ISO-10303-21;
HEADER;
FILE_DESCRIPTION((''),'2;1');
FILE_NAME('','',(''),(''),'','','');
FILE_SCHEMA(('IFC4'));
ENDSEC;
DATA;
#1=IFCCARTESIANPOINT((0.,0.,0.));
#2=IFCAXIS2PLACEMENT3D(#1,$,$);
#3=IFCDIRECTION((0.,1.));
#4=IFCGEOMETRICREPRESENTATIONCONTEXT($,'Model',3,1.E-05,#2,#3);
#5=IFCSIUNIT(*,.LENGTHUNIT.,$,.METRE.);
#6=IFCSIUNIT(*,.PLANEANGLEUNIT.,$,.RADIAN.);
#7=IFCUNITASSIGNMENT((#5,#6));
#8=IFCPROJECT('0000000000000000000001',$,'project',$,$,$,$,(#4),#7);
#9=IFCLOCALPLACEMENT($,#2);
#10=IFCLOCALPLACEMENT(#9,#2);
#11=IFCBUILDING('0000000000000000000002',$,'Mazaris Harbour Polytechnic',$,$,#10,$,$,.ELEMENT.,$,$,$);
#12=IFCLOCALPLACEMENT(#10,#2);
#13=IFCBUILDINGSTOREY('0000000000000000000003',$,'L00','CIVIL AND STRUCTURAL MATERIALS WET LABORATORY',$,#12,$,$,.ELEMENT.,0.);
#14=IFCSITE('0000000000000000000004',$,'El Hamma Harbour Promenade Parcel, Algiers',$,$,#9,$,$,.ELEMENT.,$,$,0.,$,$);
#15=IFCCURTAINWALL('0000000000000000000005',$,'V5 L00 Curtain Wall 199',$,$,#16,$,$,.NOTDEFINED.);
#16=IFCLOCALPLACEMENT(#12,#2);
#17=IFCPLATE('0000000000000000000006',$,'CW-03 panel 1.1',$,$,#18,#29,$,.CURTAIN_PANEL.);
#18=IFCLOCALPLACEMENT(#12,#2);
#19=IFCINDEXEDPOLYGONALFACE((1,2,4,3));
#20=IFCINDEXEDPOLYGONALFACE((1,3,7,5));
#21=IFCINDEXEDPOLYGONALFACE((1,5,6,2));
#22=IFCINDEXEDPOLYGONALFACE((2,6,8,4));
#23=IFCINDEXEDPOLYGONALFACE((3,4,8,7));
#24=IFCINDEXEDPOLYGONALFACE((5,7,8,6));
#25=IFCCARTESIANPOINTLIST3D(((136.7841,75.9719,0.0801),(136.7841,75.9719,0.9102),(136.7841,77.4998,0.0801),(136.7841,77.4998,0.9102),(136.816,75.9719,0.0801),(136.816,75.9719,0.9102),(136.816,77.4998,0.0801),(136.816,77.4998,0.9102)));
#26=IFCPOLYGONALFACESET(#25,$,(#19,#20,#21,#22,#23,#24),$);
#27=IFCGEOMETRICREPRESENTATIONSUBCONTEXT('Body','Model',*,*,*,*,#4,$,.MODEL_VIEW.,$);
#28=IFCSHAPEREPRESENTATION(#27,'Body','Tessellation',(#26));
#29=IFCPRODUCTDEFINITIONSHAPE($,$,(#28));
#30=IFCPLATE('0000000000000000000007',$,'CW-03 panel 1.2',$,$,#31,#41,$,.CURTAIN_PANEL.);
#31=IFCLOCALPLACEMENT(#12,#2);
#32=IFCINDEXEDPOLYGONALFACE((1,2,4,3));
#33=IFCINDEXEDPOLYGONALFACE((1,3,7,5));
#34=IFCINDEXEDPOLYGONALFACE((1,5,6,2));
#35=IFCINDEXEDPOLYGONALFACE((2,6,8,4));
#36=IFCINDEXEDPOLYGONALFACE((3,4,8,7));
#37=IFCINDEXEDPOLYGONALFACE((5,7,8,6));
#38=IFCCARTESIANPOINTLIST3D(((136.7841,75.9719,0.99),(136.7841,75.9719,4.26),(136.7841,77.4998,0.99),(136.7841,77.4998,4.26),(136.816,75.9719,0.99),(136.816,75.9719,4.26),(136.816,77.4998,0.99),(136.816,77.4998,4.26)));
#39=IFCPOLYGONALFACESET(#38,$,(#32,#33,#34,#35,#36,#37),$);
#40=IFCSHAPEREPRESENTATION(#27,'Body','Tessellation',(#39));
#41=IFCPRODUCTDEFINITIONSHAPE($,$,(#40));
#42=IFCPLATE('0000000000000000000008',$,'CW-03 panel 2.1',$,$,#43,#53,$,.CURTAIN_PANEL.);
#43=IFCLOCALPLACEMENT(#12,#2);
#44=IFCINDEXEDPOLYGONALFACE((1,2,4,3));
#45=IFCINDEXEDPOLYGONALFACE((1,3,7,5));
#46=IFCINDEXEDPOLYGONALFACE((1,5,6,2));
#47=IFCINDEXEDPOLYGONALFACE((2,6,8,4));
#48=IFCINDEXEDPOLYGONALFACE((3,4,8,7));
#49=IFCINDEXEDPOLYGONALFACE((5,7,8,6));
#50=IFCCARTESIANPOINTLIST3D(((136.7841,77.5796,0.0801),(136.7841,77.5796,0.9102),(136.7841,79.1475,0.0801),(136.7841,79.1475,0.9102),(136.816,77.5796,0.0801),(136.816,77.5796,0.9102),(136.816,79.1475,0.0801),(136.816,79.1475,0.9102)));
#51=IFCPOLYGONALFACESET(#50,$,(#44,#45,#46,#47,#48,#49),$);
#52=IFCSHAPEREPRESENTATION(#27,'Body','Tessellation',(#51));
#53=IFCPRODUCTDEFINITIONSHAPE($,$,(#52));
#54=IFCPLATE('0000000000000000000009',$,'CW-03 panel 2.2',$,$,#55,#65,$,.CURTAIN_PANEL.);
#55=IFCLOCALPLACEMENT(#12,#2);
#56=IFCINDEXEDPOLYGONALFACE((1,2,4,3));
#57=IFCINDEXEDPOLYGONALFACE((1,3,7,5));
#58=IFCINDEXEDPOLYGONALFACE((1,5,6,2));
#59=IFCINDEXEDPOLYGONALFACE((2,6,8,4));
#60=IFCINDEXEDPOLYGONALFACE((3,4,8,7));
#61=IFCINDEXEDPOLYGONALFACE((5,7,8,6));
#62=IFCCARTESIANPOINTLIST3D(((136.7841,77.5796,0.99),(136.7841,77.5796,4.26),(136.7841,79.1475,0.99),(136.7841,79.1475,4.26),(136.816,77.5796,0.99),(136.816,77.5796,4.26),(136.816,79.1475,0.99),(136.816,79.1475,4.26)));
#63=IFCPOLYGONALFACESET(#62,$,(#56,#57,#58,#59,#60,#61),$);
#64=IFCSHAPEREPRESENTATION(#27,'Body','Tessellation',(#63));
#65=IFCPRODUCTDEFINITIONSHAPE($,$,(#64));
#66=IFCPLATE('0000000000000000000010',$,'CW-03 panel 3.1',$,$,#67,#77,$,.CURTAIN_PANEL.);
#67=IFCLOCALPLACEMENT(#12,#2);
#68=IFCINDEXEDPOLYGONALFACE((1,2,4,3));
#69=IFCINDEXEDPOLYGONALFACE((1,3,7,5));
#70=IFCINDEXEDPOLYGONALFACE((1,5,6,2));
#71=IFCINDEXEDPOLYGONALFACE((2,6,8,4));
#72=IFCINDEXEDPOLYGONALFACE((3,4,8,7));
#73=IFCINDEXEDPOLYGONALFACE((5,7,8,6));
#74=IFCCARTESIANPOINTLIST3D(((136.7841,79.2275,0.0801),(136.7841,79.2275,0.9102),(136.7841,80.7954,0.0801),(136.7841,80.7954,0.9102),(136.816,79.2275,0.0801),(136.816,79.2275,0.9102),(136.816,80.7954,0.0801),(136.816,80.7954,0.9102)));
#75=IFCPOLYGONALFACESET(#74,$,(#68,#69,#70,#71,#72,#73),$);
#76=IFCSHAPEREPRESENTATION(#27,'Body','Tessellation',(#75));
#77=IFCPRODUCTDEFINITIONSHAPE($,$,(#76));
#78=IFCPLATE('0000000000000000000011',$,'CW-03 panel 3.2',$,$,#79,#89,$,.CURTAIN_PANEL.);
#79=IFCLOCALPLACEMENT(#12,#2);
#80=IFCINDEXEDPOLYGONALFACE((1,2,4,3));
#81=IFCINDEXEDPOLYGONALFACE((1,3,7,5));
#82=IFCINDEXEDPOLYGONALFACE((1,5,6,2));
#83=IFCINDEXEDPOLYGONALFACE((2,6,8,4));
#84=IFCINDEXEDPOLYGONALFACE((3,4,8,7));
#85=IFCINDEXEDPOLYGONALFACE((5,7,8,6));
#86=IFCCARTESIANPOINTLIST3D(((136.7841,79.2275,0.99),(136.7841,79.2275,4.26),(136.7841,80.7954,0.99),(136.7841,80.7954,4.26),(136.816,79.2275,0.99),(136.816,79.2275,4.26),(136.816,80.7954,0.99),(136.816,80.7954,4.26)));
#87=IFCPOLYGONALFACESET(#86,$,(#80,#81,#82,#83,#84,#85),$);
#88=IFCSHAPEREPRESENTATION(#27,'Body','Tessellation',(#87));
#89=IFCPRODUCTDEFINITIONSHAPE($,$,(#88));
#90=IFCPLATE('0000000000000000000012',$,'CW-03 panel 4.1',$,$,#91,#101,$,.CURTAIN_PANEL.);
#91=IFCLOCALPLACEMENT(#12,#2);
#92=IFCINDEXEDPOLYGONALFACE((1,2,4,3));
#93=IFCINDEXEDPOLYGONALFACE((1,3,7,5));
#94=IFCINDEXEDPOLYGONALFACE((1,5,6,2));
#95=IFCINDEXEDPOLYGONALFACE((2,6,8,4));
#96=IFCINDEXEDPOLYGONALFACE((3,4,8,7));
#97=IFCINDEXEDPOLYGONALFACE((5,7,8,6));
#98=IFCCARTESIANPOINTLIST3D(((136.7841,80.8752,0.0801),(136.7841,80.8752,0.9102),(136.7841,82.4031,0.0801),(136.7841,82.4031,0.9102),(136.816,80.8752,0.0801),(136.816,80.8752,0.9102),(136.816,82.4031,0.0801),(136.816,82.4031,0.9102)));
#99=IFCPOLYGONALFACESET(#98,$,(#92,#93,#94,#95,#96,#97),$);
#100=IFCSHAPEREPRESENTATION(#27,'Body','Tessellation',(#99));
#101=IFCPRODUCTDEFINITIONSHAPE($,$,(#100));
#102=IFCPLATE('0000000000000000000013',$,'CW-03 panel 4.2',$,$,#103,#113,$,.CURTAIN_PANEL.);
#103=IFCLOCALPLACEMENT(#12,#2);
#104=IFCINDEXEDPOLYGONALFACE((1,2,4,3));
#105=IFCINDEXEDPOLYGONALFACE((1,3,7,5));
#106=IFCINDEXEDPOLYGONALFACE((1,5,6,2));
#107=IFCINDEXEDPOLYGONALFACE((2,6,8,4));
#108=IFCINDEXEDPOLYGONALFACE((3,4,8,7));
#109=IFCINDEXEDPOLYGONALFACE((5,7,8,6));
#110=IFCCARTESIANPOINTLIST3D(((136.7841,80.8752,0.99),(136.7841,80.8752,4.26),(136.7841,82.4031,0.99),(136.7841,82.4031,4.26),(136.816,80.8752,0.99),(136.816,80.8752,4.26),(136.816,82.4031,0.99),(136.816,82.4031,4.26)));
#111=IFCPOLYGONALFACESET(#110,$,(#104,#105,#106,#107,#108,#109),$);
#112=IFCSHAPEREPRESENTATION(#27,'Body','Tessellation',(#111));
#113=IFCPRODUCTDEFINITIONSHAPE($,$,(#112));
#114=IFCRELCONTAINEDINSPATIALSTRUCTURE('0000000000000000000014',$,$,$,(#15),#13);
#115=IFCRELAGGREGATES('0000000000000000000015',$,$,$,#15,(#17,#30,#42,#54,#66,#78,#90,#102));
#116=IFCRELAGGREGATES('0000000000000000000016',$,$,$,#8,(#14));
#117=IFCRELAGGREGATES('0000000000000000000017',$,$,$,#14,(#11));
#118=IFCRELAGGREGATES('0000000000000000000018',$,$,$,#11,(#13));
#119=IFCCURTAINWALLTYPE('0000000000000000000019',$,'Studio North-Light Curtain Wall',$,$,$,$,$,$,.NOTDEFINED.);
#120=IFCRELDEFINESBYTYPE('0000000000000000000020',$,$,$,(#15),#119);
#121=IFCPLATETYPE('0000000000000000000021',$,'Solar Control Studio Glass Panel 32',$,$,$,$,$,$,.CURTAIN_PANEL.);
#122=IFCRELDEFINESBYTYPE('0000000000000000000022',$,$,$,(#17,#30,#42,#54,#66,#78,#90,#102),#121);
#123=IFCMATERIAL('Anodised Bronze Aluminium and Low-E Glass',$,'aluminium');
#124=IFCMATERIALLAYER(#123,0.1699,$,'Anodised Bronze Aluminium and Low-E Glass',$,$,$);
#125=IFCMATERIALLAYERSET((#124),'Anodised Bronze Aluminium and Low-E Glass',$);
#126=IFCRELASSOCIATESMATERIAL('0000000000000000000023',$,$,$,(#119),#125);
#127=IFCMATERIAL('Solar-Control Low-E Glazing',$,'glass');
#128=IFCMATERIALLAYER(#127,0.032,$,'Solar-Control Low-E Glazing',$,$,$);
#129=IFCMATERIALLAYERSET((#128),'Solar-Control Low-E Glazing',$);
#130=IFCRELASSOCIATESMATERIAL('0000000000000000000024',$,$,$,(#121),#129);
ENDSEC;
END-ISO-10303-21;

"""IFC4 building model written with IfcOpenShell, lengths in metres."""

from ifc_helpers import new_model, si_unit, direction, frame, origin, origin_2d, place, context, subcontext, project, spatial, rectangle, extrude, material, layer, layer_set, type_object, element, aggregate, save


model = new_model("IFC4")

# Units and contexts
model_context = context("Model", 3, precision=1e-05, world=origin(), true_north=direction((0.0, 1.0)))
body_context = subcontext(model_context, "Body", "Model", "MODEL_VIEW")
ifc_project = project(units=[si_unit("LENGTHUNIT", "METRE"), si_unit("PLANEANGLEUNIT", "RADIAN")], contexts=[model_context])

# Site, building, storey
site_placement = place(None, origin())
site = spatial("IfcSite", under=ifc_project, at=site_placement, Name="El Hamma Harbour Promenade Parcel, Algiers", CompositionType="ELEMENT", RefElevation=0.0)
building_placement = place(site_placement, origin())
building = spatial("IfcBuilding", under=site, at=building_placement, Name="Mazaris Harbour Polytechnic", CompositionType="ELEMENT")
storey_placement = place(building_placement, origin())
storey = spatial("IfcBuildingStorey", under=building, at=storey_placement, Name="L00", Description="CIVIL AND STRUCTURAL MATERIALS WET LABORATORY", CompositionType="ELEMENT", Elevation=0.0)

# Curtain wall
ifc_material_1 = material(Name="Anodised Bronze Aluminium and Low-E Glass", Category="aluminium")
ifc_layer_1 = layer(ifc_material_1, 0.1699, Name="Anodised Bronze Aluminium and Low-E Glass")
ifc_layer_set_1 = layer_set([ifc_layer_1], Name="Anodised Bronze Aluminium and Low-E Glass")
curtain_wall_type = type_object("IfcCurtainWallType", Name="Studio North-Light Curtain Wall", PredefinedType="NOTDEFINED", material=ifc_layer_set_1)
curtain_wall_1_placement = place(storey_placement, origin())
curtain_wall_1 = element("IfcCurtainWall", 1, at=curtain_wall_1_placement, inside=storey, type_object=curtain_wall_type, Name="V5 L00 Curtain Wall 199", PredefinedType="NOTDEFINED")

# Plates
ifc_material_2 = material(Name="Solar-Control Low-E Glazing", Category="glass")
ifc_layer_2 = layer(ifc_material_2, 0.032, Name="Solar-Control Low-E Glazing")
ifc_layer_set_2 = layer_set([ifc_layer_2], Name="Solar-Control Low-E Glazing")
plate_type = type_object("IfcPlateType", Name="Solar Control Studio Glass Panel 32", PredefinedType="CURTAIN_PANEL", material=ifc_layer_set_2)
plate_1_placement = place(storey_placement, frame((136.8, 76.7358, 0.0801), z_axis=(0.0, 0.0, 1.0), x_axis=(0.0, 1.0, 0.0)))
plate_1 = element("IfcPlate", 2, at=plate_1_placement, type_object=plate_type, Name="CW-03 panel 1.1", PredefinedType="CURTAIN_PANEL", context=body_context, shape_type="SweptSolid", body=[
    extrude(rectangle(XDim=1.5278, YDim=0.032, at=origin_2d()), origin(), (0.0, 0.0, 1.0), 0.8301),
])
plate_2_placement = place(storey_placement, frame((136.8, 76.7358, 0.99), z_axis=(0.0, 0.0, 1.0), x_axis=(0.0, 1.0, 0.0)))
plate_2 = element("IfcPlate", 3, at=plate_2_placement, type_object=plate_type, Name="CW-03 panel 1.2", PredefinedType="CURTAIN_PANEL", context=body_context, shape_type="SweptSolid", body=[
    extrude(rectangle(XDim=1.5278, YDim=0.032, at=origin_2d()), origin(), (0.0, 0.0, 1.0), 3.27),
])
plate_3_placement = place(storey_placement, frame((136.8, 78.3635, 0.0801), z_axis=(0.0, 0.0, 1.0), x_axis=(0.0, 1.0, 0.0)))
plate_3 = element("IfcPlate", 4, at=plate_3_placement, type_object=plate_type, Name="CW-03 panel 2.1", PredefinedType="CURTAIN_PANEL", context=body_context, shape_type="SweptSolid", body=[
    extrude(rectangle(XDim=1.5679, YDim=0.032, at=origin_2d()), origin(), (0.0, 0.0, 1.0), 0.8301),
])
plate_4_placement = place(storey_placement, frame((136.8, 78.3635, 0.99), z_axis=(0.0, 0.0, 1.0), x_axis=(0.0, 1.0, 0.0)))
plate_4 = element("IfcPlate", 5, at=plate_4_placement, type_object=plate_type, Name="CW-03 panel 2.2", PredefinedType="CURTAIN_PANEL", context=body_context, shape_type="SweptSolid", body=[
    extrude(rectangle(XDim=1.5679, YDim=0.032, at=origin_2d()), origin(), (0.0, 0.0, 1.0), 3.27),
])
plate_5_placement = place(storey_placement, frame((136.8, 80.0115, 0.0801), z_axis=(0.0, 0.0, 1.0), x_axis=(0.0, 1.0, 0.0)))
plate_5 = element("IfcPlate", 6, at=plate_5_placement, type_object=plate_type, Name="CW-03 panel 3.1", PredefinedType="CURTAIN_PANEL", context=body_context, shape_type="SweptSolid", body=[
    extrude(rectangle(XDim=1.5679, YDim=0.032, at=origin_2d()), origin(), (0.0, 0.0, 1.0), 0.8301),
])
plate_6_placement = place(storey_placement, frame((136.8, 80.0115, 0.99), z_axis=(0.0, 0.0, 1.0), x_axis=(0.0, 1.0, 0.0)))
plate_6 = element("IfcPlate", 7, at=plate_6_placement, type_object=plate_type, Name="CW-03 panel 3.2", PredefinedType="CURTAIN_PANEL", context=body_context, shape_type="SweptSolid", body=[
    extrude(rectangle(XDim=1.5679, YDim=0.032, at=origin_2d()), origin(), (0.0, 0.0, 1.0), 3.27),
])
plate_7_placement = place(storey_placement, frame((136.8, 81.6392, 0.0801), z_axis=(0.0, 0.0, 1.0), x_axis=(0.0, 1.0, 0.0)))
plate_7 = element("IfcPlate", 8, at=plate_7_placement, type_object=plate_type, Name="CW-03 panel 4.1", PredefinedType="CURTAIN_PANEL", context=body_context, shape_type="SweptSolid", body=[
    extrude(rectangle(XDim=1.5278, YDim=0.032, at=origin_2d()), origin(), (0.0, 0.0, 1.0), 0.8301),
])
plate_8_placement = place(storey_placement, frame((136.8, 81.6392, 0.99), z_axis=(0.0, 0.0, 1.0), x_axis=(0.0, 1.0, 0.0)))
plate_8 = element("IfcPlate", 9, at=plate_8_placement, type_object=plate_type, Name="CW-03 panel 4.2", PredefinedType="CURTAIN_PANEL", context=body_context, shape_type="SweptSolid", body=[
    extrude(rectangle(XDim=1.5278, YDim=0.032, at=origin_2d()), origin(), (0.0, 0.0, 1.0), 3.27),
])
aggregate(curtain_wall_1, [plate_1, plate_2, plate_3, plate_4, plate_5, plate_6, plate_7, plate_8])

save(model, "model.ifc")
